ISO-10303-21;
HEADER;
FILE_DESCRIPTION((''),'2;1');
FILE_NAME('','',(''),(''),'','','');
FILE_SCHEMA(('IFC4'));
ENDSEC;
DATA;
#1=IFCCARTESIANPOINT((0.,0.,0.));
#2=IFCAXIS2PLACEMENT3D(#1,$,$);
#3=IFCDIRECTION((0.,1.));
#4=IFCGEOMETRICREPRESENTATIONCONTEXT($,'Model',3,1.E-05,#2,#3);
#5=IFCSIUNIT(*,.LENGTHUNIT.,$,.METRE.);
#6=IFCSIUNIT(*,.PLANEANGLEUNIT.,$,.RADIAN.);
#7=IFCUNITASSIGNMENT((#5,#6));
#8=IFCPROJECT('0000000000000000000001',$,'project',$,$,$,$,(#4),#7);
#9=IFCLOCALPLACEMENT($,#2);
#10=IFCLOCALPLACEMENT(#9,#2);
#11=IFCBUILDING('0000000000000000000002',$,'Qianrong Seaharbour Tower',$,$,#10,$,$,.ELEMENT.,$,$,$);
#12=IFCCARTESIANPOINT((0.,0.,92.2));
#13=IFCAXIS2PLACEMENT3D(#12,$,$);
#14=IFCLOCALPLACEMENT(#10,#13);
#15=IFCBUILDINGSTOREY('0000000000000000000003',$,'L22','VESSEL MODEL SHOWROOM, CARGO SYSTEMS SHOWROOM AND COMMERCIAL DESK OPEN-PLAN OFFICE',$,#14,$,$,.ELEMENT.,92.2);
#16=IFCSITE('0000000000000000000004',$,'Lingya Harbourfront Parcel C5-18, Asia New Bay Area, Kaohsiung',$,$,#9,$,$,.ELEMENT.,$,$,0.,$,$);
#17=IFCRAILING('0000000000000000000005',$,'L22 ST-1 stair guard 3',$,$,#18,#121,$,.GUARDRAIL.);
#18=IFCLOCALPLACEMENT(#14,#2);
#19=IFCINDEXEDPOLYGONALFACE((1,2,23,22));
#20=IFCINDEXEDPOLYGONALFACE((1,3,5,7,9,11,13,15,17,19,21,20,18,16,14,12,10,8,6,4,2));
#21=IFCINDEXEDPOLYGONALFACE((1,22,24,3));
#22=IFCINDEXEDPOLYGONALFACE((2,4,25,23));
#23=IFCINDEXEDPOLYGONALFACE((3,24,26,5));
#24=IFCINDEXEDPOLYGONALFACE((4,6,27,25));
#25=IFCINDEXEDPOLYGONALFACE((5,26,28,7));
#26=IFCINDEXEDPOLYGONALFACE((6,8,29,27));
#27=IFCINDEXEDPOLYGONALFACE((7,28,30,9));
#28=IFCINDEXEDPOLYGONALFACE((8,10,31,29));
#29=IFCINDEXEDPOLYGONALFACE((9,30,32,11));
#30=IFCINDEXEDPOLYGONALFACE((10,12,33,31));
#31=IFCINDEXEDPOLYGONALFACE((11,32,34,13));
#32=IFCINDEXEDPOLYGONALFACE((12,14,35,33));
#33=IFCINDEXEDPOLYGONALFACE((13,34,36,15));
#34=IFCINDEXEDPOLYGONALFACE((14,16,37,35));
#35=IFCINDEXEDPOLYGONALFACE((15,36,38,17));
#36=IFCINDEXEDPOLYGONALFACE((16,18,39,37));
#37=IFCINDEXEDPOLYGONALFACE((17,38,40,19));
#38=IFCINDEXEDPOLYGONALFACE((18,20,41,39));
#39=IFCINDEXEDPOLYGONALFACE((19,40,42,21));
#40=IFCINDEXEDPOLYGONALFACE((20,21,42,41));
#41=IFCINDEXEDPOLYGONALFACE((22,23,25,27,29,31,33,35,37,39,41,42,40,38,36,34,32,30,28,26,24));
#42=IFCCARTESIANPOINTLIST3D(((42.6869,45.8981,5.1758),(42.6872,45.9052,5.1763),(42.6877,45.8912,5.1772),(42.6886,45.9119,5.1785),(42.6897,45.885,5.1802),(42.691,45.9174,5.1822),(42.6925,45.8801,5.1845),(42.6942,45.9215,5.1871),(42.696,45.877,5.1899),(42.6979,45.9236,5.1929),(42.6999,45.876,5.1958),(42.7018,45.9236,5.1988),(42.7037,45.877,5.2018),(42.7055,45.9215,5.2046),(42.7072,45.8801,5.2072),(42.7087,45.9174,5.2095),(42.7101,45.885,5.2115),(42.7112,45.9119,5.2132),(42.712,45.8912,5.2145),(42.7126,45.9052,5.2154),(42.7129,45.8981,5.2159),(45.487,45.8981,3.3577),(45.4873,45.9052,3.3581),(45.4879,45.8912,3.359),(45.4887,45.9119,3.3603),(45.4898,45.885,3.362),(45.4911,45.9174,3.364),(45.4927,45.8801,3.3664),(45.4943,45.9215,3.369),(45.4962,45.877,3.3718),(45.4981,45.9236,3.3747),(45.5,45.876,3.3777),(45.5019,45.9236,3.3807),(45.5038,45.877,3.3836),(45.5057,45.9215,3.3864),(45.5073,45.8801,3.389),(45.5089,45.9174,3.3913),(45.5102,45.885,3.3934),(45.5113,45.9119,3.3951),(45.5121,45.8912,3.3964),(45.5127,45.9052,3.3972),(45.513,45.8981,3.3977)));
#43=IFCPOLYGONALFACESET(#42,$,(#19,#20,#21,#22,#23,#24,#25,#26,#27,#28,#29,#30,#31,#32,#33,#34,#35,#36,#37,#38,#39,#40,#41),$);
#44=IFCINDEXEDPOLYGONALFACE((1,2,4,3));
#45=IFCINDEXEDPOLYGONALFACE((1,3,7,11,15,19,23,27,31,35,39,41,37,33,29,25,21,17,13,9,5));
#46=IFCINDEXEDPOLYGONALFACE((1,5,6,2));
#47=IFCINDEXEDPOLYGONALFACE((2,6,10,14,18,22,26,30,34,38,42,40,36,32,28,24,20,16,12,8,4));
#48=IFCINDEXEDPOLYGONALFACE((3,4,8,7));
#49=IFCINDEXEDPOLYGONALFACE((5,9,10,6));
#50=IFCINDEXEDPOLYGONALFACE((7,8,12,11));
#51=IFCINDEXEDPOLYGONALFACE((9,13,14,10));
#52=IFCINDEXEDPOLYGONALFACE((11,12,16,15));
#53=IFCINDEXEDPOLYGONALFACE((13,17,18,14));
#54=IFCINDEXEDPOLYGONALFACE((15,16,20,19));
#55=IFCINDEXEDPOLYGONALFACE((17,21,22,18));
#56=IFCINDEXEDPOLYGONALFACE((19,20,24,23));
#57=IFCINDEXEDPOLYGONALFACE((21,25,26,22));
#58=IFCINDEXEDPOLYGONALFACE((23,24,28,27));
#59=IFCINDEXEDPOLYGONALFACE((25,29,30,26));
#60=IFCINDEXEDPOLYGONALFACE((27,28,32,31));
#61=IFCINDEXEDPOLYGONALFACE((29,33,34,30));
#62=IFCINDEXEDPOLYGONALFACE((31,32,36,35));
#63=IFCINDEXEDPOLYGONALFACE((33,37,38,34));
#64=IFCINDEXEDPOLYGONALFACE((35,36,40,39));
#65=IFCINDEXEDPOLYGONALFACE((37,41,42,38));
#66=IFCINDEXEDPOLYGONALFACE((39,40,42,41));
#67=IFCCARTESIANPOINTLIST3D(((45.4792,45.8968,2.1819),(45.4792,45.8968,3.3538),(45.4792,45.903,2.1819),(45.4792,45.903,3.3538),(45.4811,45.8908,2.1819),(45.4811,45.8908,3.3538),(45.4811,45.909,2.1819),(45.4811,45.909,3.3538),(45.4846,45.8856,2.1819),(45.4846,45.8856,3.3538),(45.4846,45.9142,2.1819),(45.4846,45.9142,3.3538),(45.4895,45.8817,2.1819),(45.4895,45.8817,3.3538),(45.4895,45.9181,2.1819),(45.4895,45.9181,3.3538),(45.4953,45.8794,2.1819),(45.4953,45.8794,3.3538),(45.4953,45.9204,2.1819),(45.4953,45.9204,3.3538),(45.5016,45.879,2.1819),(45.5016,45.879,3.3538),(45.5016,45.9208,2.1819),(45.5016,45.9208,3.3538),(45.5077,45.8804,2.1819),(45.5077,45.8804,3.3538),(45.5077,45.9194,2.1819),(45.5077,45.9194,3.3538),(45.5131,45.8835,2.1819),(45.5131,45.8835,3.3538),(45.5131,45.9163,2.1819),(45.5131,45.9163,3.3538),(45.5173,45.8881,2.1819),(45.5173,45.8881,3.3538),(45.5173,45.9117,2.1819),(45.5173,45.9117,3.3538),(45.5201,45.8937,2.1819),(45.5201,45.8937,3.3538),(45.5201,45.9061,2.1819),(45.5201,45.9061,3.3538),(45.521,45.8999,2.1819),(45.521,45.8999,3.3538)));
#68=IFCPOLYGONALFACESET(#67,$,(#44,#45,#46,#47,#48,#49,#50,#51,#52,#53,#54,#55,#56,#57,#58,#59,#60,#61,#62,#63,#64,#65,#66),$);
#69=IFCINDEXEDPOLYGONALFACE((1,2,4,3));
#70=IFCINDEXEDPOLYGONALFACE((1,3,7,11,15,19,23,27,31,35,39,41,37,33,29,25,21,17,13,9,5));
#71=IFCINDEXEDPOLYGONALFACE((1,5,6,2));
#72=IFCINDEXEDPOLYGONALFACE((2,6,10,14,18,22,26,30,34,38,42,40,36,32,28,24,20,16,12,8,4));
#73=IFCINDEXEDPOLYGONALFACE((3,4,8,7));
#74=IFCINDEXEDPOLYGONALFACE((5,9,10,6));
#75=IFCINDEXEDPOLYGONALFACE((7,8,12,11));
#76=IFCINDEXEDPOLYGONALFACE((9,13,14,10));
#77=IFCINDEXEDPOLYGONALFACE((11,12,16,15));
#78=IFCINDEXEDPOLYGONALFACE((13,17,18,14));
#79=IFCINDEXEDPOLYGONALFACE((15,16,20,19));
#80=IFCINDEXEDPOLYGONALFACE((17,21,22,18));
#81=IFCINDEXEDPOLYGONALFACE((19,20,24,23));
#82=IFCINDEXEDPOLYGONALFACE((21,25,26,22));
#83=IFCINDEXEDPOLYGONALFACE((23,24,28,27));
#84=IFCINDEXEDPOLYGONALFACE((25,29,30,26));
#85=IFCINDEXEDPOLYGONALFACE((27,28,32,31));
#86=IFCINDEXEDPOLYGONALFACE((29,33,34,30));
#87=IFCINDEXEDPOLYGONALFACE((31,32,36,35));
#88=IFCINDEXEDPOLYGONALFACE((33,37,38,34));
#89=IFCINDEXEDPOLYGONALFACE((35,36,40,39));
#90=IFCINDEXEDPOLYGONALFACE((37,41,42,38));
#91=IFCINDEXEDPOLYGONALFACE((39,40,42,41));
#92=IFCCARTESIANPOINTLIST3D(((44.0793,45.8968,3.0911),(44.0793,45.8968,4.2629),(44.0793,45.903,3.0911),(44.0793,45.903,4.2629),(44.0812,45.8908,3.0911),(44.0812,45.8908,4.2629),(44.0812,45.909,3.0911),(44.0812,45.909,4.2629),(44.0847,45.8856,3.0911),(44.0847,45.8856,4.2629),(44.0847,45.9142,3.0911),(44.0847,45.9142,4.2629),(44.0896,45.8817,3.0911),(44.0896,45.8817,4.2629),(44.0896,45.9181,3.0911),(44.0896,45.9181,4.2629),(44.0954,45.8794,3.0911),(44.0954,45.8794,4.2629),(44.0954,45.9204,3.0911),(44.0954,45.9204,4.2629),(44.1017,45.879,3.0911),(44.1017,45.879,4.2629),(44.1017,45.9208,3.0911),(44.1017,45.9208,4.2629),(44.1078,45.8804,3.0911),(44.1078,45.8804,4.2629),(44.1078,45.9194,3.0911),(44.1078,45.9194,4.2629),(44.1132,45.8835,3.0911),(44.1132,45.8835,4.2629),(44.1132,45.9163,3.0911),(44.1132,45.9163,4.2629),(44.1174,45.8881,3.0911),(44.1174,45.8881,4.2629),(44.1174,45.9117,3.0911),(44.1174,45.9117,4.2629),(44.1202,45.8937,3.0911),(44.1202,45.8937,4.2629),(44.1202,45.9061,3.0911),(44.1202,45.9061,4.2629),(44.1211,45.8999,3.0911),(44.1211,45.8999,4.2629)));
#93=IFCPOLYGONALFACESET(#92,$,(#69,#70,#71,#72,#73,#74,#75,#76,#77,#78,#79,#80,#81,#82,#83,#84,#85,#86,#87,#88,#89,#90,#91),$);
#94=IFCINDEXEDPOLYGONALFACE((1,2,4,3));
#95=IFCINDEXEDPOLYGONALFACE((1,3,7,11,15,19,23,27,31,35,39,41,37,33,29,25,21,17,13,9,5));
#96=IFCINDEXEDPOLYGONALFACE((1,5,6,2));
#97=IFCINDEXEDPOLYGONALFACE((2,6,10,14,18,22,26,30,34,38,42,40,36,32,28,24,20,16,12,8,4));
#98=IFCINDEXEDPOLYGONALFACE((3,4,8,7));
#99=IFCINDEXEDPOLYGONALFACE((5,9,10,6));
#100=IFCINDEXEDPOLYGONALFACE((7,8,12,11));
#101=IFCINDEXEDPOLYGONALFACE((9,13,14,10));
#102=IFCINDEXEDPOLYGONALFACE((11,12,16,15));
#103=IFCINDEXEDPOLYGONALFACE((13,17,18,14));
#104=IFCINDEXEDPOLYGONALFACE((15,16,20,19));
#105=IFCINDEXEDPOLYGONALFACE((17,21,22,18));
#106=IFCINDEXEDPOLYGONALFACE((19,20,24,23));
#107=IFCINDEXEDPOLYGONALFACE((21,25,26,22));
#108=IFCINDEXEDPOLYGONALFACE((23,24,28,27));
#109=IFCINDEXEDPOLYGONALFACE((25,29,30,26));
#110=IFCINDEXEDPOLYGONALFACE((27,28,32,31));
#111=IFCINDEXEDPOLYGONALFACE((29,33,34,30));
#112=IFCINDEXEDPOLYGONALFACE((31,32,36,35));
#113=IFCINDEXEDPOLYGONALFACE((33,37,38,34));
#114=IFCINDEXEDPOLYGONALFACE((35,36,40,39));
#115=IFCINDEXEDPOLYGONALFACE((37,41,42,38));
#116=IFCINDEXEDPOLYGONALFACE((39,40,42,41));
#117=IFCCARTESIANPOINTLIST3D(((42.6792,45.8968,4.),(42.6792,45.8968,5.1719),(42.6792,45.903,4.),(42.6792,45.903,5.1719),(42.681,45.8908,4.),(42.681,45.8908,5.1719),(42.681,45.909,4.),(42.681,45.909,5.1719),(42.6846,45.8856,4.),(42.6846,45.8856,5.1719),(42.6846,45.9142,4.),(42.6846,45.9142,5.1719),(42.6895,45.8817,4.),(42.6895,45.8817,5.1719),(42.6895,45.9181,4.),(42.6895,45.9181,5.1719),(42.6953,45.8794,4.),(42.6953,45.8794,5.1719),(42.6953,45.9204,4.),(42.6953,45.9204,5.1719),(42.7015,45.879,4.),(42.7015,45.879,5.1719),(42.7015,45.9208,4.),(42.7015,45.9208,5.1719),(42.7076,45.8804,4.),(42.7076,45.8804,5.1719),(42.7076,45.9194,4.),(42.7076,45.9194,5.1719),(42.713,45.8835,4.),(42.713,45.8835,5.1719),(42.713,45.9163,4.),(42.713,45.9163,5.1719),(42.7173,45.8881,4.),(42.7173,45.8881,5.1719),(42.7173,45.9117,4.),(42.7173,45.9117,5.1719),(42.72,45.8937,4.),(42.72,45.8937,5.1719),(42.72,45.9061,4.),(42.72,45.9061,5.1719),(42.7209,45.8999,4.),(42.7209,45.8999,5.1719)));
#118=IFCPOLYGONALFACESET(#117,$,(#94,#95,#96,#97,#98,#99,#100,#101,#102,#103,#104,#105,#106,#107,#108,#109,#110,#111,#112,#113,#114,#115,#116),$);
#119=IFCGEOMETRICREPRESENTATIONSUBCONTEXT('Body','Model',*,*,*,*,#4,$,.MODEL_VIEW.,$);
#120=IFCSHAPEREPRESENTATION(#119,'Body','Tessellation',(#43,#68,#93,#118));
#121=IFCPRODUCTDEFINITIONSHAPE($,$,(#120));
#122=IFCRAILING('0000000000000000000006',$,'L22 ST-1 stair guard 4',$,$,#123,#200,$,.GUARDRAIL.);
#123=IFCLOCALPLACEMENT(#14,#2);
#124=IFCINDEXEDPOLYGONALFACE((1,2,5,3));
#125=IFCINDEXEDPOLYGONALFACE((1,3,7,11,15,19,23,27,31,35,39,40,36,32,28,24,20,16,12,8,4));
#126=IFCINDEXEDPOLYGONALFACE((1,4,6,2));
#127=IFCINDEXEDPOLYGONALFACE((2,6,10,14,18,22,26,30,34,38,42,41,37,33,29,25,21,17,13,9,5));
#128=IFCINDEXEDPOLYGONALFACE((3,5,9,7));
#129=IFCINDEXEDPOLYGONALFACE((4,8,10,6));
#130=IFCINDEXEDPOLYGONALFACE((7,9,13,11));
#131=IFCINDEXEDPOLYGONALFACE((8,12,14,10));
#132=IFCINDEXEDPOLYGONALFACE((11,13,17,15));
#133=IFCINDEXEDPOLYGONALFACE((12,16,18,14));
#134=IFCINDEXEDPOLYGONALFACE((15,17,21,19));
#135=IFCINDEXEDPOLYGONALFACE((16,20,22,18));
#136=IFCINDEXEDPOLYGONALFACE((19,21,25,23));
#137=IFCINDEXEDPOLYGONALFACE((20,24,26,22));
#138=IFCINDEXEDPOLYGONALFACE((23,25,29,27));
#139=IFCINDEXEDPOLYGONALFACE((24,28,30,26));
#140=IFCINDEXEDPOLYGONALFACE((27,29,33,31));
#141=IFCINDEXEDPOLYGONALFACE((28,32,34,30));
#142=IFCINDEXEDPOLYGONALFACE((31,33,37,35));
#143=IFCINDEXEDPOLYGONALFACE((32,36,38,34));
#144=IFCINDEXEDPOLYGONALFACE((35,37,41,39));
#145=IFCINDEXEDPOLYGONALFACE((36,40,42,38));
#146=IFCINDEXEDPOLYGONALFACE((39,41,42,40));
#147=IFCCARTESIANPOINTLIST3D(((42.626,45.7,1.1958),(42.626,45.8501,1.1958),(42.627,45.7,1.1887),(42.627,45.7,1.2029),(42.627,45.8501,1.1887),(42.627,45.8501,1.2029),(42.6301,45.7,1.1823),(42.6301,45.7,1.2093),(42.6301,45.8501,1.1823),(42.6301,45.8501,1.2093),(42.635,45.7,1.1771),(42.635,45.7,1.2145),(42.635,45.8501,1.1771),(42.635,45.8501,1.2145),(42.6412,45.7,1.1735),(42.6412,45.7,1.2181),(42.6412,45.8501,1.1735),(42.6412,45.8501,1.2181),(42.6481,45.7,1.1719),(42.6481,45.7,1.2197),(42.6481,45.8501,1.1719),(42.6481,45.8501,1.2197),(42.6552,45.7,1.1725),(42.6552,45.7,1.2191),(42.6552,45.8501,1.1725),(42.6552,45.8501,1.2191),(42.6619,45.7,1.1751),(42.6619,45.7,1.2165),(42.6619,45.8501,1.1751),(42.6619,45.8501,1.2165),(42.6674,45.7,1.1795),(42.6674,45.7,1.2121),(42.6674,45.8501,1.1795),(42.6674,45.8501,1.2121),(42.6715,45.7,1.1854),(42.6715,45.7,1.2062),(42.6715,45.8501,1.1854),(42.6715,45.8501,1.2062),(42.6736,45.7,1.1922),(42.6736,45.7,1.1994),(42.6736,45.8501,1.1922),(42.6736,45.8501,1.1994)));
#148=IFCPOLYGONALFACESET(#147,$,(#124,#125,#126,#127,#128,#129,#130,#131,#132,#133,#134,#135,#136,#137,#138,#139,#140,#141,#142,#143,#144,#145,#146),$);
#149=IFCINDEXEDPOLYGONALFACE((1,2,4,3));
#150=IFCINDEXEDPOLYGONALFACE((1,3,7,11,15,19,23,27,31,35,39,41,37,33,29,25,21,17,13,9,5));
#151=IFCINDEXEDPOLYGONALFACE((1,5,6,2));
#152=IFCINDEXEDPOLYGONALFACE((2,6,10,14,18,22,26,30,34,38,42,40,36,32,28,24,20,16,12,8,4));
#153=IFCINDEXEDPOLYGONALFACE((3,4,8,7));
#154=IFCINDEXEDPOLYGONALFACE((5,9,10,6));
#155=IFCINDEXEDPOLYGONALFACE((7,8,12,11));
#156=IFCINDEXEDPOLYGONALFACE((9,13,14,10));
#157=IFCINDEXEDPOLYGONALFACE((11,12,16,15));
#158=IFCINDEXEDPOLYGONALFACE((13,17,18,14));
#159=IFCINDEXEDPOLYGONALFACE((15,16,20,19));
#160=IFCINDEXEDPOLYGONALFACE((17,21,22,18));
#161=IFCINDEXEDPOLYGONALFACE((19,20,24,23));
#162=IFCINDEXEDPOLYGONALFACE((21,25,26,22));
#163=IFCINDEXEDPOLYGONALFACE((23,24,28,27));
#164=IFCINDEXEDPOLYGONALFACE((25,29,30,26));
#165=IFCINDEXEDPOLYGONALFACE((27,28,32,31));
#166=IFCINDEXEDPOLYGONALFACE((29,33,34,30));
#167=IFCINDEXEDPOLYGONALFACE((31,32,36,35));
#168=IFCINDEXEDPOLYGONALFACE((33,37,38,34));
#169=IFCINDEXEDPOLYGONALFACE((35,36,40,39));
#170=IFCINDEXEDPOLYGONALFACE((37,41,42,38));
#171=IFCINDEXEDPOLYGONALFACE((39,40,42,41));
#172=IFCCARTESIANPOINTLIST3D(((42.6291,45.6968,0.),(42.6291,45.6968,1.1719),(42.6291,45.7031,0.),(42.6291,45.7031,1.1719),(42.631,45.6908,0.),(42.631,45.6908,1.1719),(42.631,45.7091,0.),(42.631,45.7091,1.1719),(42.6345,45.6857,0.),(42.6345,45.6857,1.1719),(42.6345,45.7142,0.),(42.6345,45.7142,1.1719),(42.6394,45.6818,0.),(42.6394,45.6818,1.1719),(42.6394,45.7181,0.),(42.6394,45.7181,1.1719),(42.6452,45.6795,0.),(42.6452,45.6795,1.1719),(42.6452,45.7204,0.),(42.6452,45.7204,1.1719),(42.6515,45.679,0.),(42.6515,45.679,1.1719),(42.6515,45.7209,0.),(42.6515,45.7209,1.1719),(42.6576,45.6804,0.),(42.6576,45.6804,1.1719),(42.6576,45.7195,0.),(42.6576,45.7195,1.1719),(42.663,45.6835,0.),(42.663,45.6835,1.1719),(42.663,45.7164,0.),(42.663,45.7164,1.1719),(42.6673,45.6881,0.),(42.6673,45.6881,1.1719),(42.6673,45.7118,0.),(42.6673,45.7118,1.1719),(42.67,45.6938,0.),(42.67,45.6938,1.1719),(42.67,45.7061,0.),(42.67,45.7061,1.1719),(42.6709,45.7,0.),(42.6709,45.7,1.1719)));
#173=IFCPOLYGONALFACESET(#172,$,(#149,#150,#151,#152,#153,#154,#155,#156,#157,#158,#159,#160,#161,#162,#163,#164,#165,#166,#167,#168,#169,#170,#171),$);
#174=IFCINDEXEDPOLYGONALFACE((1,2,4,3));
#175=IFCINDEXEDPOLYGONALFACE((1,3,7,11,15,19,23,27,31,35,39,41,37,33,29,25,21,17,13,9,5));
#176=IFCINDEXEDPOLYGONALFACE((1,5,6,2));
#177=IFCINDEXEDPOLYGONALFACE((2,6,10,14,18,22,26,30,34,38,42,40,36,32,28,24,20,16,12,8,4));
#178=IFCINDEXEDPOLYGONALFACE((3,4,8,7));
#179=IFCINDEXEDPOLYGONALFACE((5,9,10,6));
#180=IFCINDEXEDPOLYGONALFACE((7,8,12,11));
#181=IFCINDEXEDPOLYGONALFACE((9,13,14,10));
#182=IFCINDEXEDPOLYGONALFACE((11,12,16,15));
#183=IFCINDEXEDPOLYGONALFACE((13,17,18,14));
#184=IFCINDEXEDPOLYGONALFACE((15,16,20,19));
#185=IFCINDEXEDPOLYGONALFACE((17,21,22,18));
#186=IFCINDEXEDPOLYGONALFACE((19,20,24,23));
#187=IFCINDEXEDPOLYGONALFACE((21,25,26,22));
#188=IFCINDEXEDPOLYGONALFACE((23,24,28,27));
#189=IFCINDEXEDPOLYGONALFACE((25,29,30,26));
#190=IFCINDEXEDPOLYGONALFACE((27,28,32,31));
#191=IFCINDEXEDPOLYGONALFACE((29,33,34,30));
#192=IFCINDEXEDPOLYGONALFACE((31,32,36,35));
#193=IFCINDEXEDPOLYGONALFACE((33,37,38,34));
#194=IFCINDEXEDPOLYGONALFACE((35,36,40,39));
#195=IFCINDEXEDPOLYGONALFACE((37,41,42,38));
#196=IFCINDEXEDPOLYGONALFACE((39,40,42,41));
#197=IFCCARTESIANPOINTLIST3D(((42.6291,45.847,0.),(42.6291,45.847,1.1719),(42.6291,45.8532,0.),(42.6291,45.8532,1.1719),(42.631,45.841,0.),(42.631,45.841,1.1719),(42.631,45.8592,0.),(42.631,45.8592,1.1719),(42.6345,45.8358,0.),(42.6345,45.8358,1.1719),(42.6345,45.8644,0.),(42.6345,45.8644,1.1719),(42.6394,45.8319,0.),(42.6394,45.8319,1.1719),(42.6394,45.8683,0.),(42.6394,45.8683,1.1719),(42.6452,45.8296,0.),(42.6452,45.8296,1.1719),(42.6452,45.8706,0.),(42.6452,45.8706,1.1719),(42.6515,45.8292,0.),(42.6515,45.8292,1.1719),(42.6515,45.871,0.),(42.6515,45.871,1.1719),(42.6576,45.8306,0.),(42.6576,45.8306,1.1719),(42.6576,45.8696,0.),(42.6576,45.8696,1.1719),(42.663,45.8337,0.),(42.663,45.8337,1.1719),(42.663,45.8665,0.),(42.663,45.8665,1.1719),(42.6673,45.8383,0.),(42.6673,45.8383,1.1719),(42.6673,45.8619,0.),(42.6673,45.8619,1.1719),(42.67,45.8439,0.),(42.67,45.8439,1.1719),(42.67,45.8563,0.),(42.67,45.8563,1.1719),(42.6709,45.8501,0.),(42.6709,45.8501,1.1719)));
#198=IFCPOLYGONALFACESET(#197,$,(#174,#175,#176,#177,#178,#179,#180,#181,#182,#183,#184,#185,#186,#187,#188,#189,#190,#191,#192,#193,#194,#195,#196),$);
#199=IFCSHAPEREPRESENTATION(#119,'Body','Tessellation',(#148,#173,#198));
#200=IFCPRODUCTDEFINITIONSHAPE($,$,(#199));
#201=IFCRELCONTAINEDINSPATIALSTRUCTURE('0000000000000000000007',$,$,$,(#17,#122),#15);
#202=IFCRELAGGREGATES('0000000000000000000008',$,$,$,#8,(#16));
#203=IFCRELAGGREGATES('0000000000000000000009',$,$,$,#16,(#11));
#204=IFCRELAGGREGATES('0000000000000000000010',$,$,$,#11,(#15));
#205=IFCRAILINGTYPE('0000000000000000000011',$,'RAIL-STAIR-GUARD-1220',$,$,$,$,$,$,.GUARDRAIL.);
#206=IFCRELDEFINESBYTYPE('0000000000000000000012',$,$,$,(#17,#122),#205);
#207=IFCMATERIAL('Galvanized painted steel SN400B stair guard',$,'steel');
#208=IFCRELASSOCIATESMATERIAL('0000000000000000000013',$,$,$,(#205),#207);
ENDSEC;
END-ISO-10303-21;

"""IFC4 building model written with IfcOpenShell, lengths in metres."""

from ifc_helpers import new_model, si_unit, direction, frame, origin, origin_2d, place, context, subcontext, project, spatial, circle, extrude, material, type_object, element, save


model = new_model("IFC4")

# Units and contexts
model_context = context("Model", 3, precision=1e-05, world=origin(), true_north=direction((0.0, 1.0)))
body_context = subcontext(model_context, "Body", "Model", "MODEL_VIEW")
ifc_project = project(units=[si_unit("LENGTHUNIT", "METRE"), si_unit("PLANEANGLEUNIT", "RADIAN")], contexts=[model_context])

# Site, building, storey
site_placement = place(None, origin())
site = spatial("IfcSite", under=ifc_project, at=site_placement, Name="Lingya Harbourfront Parcel C5-18, Asia New Bay Area, Kaohsiung", CompositionType="ELEMENT", RefElevation=0.0)
building_placement = place(site_placement, origin())
building = spatial("IfcBuilding", under=site, at=building_placement, Name="Qianrong Seaharbour Tower", CompositionType="ELEMENT")
storey_placement = place(building_placement, frame((0.0, 0.0, 92.2)))
storey = spatial("IfcBuildingStorey", under=building, at=storey_placement, Name="L22", Description="VESSEL MODEL SHOWROOM, CARGO SYSTEMS SHOWROOM AND COMMERCIAL DESK OPEN-PLAN OFFICE", CompositionType="ELEMENT", Elevation=92.2)

# Railings
ifc_material_1 = material(Name="Galvanized painted steel SN400B stair guard", Category="steel")
railing_type_1 = type_object("IfcRailingType", Name="RAIL-STAIR-GUARD-1220", PredefinedType="GUARDRAIL", material=ifc_material_1)
railing_1_placement = place(storey_placement, frame((45.5, 45.8999, 2.1819)))
element("IfcRailing", 1, at=railing_1_placement, inside=storey, type_object=railing_type_1, Name="L22 ST-1 stair guard 3", PredefinedType="GUARDRAIL", context=body_context, shape_type="SweptSolid", body=[
    extrude(circle(Radius=0.0239, at=origin_2d()), frame((0.0, 0.0, 1.1958), z_axis=(-0.838706, 0.0, 0.544585), x_axis=(0.0, -1.0, 0.0)), (0.0, 0.0, 1.0), 3.3386),
    extrude(circle(Radius=0.021, at=origin_2d()), origin(), (0.0, 0.0, 1.0), 1.1719),
    extrude(circle(Radius=0.021, at=origin_2d()), frame((-1.3999, 0.0, 0.9092)), (0.0, 0.0, 1.0), 1.1719),
    extrude(circle(Radius=0.021, at=origin_2d()), frame((-2.8, 0.0, 1.8181)), (0.0, 0.0, 1.0), 1.1719),
])
railing_2_placement = place(storey_placement, frame((42.6499, 45.7, 0.0)))
element("IfcRailing", 2, at=railing_2_placement, inside=storey, type_object=railing_type_1, Name="L22 ST-1 stair guard 4", PredefinedType="GUARDRAIL", context=body_context, shape_type="SweptSolid", body=[
    extrude(circle(Radius=0.0239, at=origin_2d()), frame((0.0, 0.0, 1.1958), z_axis=(0.0, 1.0, 0.0), x_axis=(-1.0, 0.0, 0.0)), (0.0, 0.0, 1.0), 0.1501),
    extrude(circle(Radius=0.021, at=origin_2d()), origin(), (0.0, 0.0, 1.0), 1.1719),
    extrude(circle(Radius=0.021, at=origin_2d()), frame((0.0, 0.1501, 0.0)), (0.0, 0.0, 1.0), 1.1719),
])

save(model, "model.ifc")
